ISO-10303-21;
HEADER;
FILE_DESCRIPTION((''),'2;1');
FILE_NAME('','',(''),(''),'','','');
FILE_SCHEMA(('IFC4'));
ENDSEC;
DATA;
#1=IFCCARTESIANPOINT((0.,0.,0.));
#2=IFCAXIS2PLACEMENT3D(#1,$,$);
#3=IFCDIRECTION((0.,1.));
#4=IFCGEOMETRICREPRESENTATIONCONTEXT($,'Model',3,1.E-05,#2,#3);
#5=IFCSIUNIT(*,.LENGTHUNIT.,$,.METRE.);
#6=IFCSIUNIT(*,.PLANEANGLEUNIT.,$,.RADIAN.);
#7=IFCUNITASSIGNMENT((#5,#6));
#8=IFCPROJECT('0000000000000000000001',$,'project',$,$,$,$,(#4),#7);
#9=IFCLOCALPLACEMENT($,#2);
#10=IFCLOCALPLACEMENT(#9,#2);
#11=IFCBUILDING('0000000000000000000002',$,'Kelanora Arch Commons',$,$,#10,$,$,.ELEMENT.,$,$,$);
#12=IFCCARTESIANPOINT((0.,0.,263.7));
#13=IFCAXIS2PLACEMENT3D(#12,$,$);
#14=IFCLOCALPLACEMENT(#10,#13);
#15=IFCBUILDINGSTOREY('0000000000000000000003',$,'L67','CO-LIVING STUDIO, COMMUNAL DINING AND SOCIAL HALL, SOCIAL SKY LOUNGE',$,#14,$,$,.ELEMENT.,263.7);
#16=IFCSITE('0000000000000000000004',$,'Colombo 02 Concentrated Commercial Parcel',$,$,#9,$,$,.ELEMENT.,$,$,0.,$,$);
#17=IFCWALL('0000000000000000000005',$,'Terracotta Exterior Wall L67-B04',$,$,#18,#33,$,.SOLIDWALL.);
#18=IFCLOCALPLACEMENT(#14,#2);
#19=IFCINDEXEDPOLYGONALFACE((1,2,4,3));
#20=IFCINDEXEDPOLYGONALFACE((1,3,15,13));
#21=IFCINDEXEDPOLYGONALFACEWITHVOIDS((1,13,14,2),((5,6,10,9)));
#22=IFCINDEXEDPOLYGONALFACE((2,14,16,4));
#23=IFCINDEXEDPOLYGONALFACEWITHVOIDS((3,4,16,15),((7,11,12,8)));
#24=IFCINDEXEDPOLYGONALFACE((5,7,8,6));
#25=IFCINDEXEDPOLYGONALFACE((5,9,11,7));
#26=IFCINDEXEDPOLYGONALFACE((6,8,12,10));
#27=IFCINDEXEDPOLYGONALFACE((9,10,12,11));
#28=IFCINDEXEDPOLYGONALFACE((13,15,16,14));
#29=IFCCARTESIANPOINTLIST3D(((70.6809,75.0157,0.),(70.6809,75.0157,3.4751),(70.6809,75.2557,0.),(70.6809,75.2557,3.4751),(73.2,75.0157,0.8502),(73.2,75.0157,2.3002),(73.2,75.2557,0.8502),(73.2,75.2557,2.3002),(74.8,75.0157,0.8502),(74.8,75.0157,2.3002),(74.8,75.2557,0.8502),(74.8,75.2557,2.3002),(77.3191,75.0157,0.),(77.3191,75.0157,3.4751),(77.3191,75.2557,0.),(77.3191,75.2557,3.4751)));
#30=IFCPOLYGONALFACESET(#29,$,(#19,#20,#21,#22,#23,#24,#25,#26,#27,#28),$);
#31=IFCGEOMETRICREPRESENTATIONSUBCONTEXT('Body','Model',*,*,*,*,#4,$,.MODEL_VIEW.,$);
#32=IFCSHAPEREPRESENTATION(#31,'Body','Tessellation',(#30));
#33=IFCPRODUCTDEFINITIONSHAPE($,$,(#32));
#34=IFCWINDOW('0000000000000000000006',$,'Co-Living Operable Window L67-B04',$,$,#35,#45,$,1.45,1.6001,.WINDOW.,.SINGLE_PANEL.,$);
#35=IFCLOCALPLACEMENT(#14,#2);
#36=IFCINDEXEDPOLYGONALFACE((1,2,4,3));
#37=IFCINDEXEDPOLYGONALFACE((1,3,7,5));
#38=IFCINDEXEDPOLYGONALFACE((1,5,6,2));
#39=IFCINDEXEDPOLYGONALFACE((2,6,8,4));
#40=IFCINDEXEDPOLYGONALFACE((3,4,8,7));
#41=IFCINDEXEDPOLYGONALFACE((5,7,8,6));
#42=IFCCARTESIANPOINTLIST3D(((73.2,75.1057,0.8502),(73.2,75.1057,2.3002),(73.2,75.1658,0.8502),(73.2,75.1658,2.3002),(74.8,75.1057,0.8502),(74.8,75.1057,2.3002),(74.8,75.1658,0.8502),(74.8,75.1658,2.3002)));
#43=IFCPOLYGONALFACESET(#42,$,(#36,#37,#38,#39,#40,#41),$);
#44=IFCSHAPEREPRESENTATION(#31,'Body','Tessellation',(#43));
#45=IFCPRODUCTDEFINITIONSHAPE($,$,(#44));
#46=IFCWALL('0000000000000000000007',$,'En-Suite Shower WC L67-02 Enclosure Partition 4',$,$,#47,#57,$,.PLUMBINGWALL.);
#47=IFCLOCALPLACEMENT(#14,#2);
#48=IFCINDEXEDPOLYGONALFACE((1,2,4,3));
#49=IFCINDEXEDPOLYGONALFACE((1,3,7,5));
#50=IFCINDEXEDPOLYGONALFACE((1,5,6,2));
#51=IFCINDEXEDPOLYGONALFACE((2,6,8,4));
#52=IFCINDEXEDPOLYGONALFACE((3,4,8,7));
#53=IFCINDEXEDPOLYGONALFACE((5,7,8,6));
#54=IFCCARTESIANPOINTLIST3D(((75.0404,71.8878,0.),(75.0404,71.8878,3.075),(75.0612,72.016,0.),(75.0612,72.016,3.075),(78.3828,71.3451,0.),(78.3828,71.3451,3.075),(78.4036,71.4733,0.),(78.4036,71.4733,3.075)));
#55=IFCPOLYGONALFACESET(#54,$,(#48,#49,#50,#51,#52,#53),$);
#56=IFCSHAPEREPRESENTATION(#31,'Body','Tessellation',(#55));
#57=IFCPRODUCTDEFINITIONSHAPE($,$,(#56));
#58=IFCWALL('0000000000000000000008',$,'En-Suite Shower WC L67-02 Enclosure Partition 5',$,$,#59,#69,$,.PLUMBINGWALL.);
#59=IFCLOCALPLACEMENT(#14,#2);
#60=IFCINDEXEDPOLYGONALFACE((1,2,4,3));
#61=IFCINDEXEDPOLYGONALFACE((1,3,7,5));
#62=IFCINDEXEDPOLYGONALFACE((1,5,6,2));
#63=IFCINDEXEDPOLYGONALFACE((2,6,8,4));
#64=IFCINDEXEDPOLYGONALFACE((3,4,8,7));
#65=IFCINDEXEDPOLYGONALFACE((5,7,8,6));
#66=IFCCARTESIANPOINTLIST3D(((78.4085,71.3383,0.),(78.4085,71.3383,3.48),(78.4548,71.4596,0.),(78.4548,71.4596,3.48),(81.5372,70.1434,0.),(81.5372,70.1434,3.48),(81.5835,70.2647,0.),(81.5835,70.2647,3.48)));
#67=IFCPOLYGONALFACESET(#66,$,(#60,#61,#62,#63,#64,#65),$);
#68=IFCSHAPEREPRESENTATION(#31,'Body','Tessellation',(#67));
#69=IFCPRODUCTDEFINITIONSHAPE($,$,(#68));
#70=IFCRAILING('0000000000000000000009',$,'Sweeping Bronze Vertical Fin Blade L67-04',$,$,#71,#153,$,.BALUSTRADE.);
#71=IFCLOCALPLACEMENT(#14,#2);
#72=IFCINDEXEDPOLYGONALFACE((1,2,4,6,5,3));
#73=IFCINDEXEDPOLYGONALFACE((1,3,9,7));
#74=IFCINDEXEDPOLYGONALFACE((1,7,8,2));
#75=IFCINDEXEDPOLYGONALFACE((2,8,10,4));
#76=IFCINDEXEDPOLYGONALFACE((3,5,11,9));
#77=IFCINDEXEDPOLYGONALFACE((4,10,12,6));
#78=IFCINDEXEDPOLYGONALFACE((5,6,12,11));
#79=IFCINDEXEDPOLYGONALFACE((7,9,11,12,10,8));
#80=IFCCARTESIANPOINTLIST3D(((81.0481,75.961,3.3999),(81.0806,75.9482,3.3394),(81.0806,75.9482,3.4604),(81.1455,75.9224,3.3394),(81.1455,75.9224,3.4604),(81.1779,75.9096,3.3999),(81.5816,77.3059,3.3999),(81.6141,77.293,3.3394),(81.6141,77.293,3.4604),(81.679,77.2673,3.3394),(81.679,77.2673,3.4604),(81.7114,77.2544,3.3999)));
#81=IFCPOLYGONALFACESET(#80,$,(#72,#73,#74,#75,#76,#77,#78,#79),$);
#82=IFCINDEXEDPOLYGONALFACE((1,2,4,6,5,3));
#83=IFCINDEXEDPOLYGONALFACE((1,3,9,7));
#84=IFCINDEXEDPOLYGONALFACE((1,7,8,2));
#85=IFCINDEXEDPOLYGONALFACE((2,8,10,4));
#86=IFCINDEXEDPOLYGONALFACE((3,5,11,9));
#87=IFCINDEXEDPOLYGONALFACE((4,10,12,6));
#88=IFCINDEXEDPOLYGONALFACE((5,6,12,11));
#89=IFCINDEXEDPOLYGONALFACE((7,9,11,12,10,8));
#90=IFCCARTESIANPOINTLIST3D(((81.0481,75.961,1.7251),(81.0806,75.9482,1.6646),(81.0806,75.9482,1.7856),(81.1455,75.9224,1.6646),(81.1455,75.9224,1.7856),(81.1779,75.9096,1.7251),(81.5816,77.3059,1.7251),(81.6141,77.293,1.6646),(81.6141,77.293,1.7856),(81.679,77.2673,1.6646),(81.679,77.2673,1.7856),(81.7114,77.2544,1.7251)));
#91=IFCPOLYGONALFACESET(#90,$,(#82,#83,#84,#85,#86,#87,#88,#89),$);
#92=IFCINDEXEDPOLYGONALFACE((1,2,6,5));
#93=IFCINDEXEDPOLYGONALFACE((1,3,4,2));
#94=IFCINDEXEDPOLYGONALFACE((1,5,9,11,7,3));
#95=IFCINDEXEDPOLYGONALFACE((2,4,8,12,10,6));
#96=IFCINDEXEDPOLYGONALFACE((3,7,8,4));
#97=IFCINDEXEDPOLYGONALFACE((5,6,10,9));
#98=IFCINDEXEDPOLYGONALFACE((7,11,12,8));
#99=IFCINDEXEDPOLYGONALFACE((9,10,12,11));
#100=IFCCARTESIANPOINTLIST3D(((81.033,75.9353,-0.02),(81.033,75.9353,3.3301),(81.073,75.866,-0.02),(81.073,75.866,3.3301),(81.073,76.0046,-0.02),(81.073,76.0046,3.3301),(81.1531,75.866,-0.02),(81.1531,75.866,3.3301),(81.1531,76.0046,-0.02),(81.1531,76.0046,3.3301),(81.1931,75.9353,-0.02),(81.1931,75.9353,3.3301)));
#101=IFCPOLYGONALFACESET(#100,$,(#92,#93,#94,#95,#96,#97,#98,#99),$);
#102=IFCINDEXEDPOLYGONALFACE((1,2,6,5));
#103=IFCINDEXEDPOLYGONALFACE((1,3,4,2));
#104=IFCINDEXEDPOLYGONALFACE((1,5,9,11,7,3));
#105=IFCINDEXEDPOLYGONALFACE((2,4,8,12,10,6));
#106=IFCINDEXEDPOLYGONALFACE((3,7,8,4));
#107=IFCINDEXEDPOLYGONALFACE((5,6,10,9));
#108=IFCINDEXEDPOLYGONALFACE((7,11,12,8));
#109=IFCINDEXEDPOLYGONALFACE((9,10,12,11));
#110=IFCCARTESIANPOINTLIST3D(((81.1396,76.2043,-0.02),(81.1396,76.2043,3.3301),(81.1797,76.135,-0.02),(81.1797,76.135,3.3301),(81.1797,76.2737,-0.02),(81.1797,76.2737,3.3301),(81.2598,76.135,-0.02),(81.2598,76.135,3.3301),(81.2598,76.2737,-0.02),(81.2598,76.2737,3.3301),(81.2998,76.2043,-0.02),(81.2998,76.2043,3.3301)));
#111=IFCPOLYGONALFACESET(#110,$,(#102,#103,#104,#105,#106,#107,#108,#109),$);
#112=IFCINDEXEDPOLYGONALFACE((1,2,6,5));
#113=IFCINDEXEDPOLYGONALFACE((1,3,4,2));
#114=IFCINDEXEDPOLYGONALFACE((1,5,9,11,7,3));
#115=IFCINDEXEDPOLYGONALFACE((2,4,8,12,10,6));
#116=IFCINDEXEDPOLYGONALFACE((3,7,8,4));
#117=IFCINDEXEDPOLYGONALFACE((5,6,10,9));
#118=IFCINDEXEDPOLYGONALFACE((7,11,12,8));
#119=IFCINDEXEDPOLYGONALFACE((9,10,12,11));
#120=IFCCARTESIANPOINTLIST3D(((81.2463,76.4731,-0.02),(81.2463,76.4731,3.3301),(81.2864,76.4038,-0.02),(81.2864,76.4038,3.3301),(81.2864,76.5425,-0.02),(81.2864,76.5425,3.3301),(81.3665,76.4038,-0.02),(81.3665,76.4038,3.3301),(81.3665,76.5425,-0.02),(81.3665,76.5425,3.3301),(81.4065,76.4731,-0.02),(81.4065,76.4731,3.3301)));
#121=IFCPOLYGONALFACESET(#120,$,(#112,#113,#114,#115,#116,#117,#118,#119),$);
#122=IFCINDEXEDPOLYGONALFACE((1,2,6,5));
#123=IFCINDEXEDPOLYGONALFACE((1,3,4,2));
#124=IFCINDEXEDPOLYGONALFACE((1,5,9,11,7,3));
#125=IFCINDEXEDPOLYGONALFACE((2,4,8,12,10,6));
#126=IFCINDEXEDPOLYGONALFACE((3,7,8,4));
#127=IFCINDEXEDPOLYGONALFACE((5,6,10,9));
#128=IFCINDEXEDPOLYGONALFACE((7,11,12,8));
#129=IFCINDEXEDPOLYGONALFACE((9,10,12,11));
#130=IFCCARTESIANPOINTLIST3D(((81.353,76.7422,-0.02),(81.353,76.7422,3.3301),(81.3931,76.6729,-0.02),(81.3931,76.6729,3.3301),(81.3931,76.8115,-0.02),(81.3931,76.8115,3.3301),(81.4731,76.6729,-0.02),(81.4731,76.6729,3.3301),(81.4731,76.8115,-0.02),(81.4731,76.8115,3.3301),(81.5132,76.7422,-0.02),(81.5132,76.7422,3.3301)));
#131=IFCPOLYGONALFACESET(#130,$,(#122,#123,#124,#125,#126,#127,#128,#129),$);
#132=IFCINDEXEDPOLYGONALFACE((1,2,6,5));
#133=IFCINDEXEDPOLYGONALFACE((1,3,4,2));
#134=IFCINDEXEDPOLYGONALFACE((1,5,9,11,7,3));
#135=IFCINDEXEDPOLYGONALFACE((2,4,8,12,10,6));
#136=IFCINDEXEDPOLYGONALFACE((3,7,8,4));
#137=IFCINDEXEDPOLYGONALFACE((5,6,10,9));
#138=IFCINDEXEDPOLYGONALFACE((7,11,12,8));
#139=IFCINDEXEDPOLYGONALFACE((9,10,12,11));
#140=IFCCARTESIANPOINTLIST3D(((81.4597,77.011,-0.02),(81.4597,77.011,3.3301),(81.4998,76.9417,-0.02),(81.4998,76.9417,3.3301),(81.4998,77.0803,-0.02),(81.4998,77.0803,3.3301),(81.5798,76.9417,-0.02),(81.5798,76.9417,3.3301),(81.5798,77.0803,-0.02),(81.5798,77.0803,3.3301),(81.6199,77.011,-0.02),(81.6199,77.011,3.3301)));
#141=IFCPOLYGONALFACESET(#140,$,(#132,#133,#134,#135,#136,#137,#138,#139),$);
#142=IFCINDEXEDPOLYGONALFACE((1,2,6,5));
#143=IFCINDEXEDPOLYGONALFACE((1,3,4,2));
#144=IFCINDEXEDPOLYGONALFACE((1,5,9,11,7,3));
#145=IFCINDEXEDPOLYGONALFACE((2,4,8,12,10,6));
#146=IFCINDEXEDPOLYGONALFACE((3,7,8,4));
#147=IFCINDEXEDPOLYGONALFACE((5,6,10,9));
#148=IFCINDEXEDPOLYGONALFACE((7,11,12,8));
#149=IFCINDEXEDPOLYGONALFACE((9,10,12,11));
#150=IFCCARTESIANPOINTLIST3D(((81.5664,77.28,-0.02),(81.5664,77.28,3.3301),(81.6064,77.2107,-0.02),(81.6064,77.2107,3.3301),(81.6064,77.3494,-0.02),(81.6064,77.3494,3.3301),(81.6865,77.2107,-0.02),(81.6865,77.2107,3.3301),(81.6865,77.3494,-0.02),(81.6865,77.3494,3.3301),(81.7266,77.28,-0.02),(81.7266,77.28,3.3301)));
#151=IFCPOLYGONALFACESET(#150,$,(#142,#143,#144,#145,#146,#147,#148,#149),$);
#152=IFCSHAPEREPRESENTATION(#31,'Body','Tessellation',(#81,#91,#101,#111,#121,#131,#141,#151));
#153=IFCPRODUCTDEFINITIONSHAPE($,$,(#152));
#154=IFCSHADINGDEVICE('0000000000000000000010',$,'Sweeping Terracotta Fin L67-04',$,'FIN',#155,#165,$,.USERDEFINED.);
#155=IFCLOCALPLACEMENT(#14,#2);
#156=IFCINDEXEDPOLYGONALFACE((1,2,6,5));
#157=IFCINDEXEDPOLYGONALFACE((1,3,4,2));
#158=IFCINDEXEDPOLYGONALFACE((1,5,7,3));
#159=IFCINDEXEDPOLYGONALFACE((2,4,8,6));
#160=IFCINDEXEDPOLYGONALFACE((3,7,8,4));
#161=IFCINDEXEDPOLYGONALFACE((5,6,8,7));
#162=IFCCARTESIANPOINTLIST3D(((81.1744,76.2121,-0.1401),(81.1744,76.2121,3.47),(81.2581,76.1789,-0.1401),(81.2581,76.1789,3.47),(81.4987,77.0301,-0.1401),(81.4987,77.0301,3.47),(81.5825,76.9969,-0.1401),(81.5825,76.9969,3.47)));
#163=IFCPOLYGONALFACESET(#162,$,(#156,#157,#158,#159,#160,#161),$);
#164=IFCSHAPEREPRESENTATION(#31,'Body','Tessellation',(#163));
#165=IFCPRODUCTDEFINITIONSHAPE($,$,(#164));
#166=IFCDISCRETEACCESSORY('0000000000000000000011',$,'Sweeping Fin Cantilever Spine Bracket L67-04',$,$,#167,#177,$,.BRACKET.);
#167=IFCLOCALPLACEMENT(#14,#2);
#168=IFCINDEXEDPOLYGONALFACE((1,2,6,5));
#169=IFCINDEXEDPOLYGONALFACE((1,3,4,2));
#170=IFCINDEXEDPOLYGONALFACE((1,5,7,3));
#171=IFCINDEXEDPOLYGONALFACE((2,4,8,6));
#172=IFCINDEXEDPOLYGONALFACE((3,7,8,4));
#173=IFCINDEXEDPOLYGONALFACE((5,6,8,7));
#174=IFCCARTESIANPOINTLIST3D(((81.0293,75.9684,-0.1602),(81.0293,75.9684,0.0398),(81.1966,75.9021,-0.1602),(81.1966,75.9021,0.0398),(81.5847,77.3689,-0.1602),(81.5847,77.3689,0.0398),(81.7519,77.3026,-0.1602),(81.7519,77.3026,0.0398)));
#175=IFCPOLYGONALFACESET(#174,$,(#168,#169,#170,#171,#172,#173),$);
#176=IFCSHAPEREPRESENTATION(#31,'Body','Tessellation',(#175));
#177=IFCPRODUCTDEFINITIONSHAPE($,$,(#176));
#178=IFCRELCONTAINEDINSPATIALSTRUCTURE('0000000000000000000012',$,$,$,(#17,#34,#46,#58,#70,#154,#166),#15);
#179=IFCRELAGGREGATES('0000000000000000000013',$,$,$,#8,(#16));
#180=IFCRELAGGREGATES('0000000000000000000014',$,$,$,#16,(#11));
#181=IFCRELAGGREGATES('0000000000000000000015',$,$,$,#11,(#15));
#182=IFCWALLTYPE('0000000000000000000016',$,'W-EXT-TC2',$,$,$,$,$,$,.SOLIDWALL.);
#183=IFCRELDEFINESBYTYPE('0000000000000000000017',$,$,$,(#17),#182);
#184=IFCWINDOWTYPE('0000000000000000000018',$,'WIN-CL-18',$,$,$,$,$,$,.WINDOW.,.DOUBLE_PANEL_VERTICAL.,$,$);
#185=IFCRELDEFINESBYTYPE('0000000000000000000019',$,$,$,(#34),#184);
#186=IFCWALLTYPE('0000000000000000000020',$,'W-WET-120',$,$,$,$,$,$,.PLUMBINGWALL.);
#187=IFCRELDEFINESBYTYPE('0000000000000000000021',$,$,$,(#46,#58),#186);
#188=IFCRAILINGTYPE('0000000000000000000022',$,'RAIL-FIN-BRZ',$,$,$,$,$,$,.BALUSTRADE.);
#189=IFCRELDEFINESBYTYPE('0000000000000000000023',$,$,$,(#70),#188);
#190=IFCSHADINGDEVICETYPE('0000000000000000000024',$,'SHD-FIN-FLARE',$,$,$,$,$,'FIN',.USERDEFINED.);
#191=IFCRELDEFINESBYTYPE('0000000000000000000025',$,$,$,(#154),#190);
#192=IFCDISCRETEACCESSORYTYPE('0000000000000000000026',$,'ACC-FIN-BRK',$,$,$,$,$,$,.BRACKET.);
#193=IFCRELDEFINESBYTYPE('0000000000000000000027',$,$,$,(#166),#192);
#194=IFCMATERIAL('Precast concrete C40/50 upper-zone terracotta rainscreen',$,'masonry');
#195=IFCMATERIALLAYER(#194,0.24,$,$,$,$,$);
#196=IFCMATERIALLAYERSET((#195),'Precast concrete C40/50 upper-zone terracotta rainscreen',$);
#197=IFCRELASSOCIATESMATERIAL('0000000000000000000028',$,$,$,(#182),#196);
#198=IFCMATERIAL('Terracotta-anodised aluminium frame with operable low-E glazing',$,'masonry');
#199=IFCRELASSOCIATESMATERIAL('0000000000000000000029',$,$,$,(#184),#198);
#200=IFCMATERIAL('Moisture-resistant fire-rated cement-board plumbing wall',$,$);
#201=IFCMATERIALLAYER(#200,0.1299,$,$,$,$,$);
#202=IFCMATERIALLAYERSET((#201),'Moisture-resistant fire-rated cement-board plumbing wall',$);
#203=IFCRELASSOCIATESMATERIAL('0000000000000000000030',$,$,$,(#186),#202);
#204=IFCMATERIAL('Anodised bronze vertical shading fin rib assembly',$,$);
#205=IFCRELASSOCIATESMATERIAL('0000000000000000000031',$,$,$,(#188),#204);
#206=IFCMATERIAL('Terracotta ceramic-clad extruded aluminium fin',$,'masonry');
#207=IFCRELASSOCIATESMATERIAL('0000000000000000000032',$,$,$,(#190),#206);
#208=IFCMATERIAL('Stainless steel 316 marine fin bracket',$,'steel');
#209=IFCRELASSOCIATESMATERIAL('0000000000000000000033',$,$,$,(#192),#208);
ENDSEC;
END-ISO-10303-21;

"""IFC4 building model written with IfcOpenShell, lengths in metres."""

from ifc_helpers import new_model, si_unit, direction, frame, frame_2d, origin, origin_2d, place, context, subcontext, project, spatial, polyline, rectangle, outline, extrude, source, transform, mapped, material, layer, layer_set, type_object, element, fill, save


model = new_model("IFC4")

# Units and contexts
model_context = context("Model", 3, precision=1e-05, world=origin(), true_north=direction((0.0, 1.0)))
body_context = subcontext(model_context, "Body", "Model", "MODEL_VIEW")
ifc_project = project(units=[si_unit("LENGTHUNIT", "METRE"), si_unit("PLANEANGLEUNIT", "RADIAN")], contexts=[model_context])

# Site, building, storey
site_placement = place(None, origin())
site = spatial("IfcSite", under=ifc_project, at=site_placement, Name="Colombo 02 Concentrated Commercial Parcel", CompositionType="ELEMENT", RefElevation=0.0)
building_placement = place(site_placement, origin())
building = spatial("IfcBuilding", under=site, at=building_placement, Name="Kelanora Arch Commons", CompositionType="ELEMENT")
storey_placement = place(building_placement, frame((0.0, 0.0, 263.7)))
storey = spatial("IfcBuildingStorey", under=building, at=storey_placement, Name="L67", Description="CO-LIVING STUDIO, COMMUNAL DINING AND SOCIAL HALL, SOCIAL SKY LOUNGE", CompositionType="ELEMENT", Elevation=263.7)

# Wall, opening, window
ifc_material_1 = material(Name="Precast concrete C40/50 upper-zone terracotta rainscreen", Category="masonry")
ifc_layer_1 = layer(ifc_material_1, 0.24)
ifc_layer_set_1 = layer_set([ifc_layer_1], Name="Precast concrete C40/50 upper-zone terracotta rainscreen")
wall_type_1 = type_object("IfcWallType", Name="W-EXT-TC2", PredefinedType="SOLIDWALL", material=ifc_layer_set_1)
wall_1_placement = place(storey_placement, frame((77.3191, 75.1357, 0.0), z_axis=(0.0, 0.0, 1.0), x_axis=(-1.0, 0.0, 0.0)))
wall_1 = element("IfcWall", 1, at=wall_1_placement, inside=storey, type_object=wall_type_1, Name="Terracotta Exterior Wall L67-B04", PredefinedType="SOLIDWALL", context=body_context, shape_type="SweptSolid", body=[
    extrude(rectangle(XDim=6.6382, YDim=0.24, at=frame_2d((3.3191, 0.0))), origin(), (0.0, 0.0, 1.0), 3.4751),
])
opening_placement = place(wall_1_placement, frame((2.519, 0.0, 0.8501)))
opening = element("IfcOpeningElement", 2, at=opening_placement, cuts=wall_1, PredefinedType="OPENING", context=body_context, shape_type="SweptSolid", body=[
    extrude(rectangle(XDim=1.6001, YDim=1.45, at=frame_2d((0.8, 0.7251))), frame((0.0, 0.1299, 0.0), z_axis=(0.0, -1.0, 0.0), x_axis=(1.0, 0.0, 0.0)), (0.0, 0.0, 1.0), 0.26),
])
ifc_material_2 = material(Name="Terracotta-anodised aluminium frame with operable low-E glazing", Category="masonry")
window_type = type_object("IfcWindowType", Name="WIN-CL-18", PartitioningType="DOUBLE_PANEL_VERTICAL", PredefinedType="WINDOW", material=ifc_material_2)
window_placement = place(opening_placement, origin())
window = element("IfcWindow", 3, at=window_placement, inside=storey, type_object=window_type, Name="Co-Living Operable Window L67-B04", OverallHeight=1.45, OverallWidth=1.6001, PartitioningType="SINGLE_PANEL", PredefinedType="WINDOW", context=body_context, shape_type="SweptSolid", body=[
    extrude(rectangle(XDim=1.6001, YDim=1.45, at=frame_2d((0.8, 0.7251))), frame((0.0, 0.03, 0.0), z_axis=(0.0, -1.0, 0.0), x_axis=(1.0, 0.0, 0.0)), (0.0, 0.0, 1.0), 0.0601),
])
fill(opening, window)

# Walls
ifc_material_3 = material(Name="Moisture-resistant fire-rated cement-board plumbing wall")
ifc_layer_2 = layer(ifc_material_3, 0.1299)
ifc_layer_set_2 = layer_set([ifc_layer_2], Name="Moisture-resistant fire-rated cement-board plumbing wall")
wall_type_2 = type_object("IfcWallType", Name="W-WET-120", PredefinedType="PLUMBINGWALL", material=ifc_layer_set_2)
wall_2_placement = place(storey_placement, frame((75.0508, 71.9519, 0.0), z_axis=(0.0, 0.0, 1.0), x_axis=(0.987073, -0.160271, 0.0)))
element("IfcWall", 4, at=wall_2_placement, inside=storey, type_object=wall_type_2, Name="En-Suite Shower WC L67-02 Enclosure Partition 4", PredefinedType="PLUMBINGWALL", context=body_context, shape_type="SweptSolid", body=[
    extrude(rectangle(XDim=3.3862, YDim=0.1299, at=frame_2d((1.6931, 0.0))), origin(), (0.0, 0.0, 1.0), 3.075),
])
wall_3_placement = place(storey_placement, frame((78.4316, 71.3989, 0.0), z_axis=(0.0, 0.0, 1.0), x_axis=(0.934194, -0.356765, 0.0)))
element("IfcWall", 5, at=wall_3_placement, inside=storey, type_object=wall_type_2, Name="En-Suite Shower WC L67-02 Enclosure Partition 5", PredefinedType="PLUMBINGWALL", context=body_context, shape_type="SweptSolid", body=[
    extrude(rectangle(XDim=3.3491, YDim=0.1299, at=frame_2d((1.6746, 0.0))), origin(), (0.0, 0.0, 1.0), 3.48),
])

# Railing
ifc_material_4 = material(Name="Anodised bronze vertical shading fin rib assembly")
railing_type = type_object("IfcRailingType", Name="RAIL-FIN-BRZ", PredefinedType="BALUSTRADE", material=ifc_material_4)
railing_placement = place(storey_placement, frame((81.113, 75.9353, -0.02)))
element("IfcRailing", 6, at=railing_placement, inside=storey, type_object=railing_type, Name="Sweeping Bronze Vertical Fin Blade L67-04", PredefinedType="BALUSTRADE", context=body_context, shape_type="SweptSolid", body=[
    extrude(outline(polyline([(0.0698, 0.0), (0.0349, 0.0605), (-0.0349, 0.0605), (-0.0698, 0.0), (-0.0349, -0.0605), (0.0349, -0.0605), (0.0698, 0.0)])), frame((0.0, 0.0, 3.4199), z_axis=(0.368741, 0.929532, 0.0), x_axis=(-0.929532, 0.368741, 0.0)), (0.0, 0.0, 1.0), 1.4468),
    extrude(outline(polyline([(0.0698, 0.0), (0.0349, 0.0605), (-0.0349, 0.0605), (-0.0698, 0.0), (-0.0349, -0.0605), (0.0349, -0.0605), (0.0698, 0.0)])), frame((0.0, 0.0, 1.7451), z_axis=(0.368741, 0.929532, 0.0), x_axis=(-0.929532, 0.368741, 0.0)), (0.0, 0.0, 1.0), 1.4468),
    extrude(outline(polyline([(0.0801, 0.0), (0.04, 0.0693), (-0.04, 0.0693), (-0.0801, 0.0), (-0.04, -0.0693), (0.04, -0.0693), (0.0801, 0.0)])), origin(), (0.0, 0.0, 1.0), 3.3501),
    extrude(outline(polyline([(0.0801, 0.0), (0.04, 0.0693), (-0.04, 0.0693), (-0.0801, 0.0), (-0.04, -0.0693), (0.04, -0.0693), (0.0801, 0.0)])), frame((0.1067, 0.269, 0.0)), (0.0, 0.0, 1.0), 3.3501),
    extrude(outline(polyline([(0.0801, 0.0), (0.04, 0.0693), (-0.04, 0.0693), (-0.0801, 0.0), (-0.04, -0.0693), (0.04, -0.0693), (0.0801, 0.0)])), frame((0.2134, 0.5378, 0.0)), (0.0, 0.0, 1.0), 3.3501),
    extrude(outline(polyline([(0.0801, 0.0), (0.04, 0.0693), (-0.04, 0.0693), (-0.0801, 0.0), (-0.04, -0.0693), (0.04, -0.0693), (0.0801, 0.0)])), frame((0.3201, 0.8069, 0.0)), (0.0, 0.0, 1.0), 3.3501),
    extrude(outline(polyline([(0.0801, 0.0), (0.04, 0.0693), (-0.04, 0.0693), (-0.0801, 0.0), (-0.04, -0.0693), (0.04, -0.0693), (0.0801, 0.0)])), frame((0.4268, 1.0757, 0.0)), (0.0, 0.0, 1.0), 3.3501),
    extrude(outline(polyline([(0.0801, 0.0), (0.04, 0.0693), (-0.04, 0.0693), (-0.0801, 0.0), (-0.04, -0.0693), (0.04, -0.0693), (0.0801, 0.0)])), frame((0.5334, 1.3447, 0.0)), (0.0, 0.0, 1.0), 3.3501),
])

# Shading device
ifc_material_5 = material(Name="Terracotta ceramic-clad extruded aluminium fin", Category="masonry")
shading_device_type = type_object("IfcShadingDeviceType", Name="SHD-FIN-FLARE", ElementType="FIN", PredefinedType="USERDEFINED", material=ifc_material_5)
shared_shape_1 = source(origin(), body_context, "Body", "SweptSolid", [
    extrude(rectangle(XDim=0.8799, YDim=0.0901, at=origin_2d()), origin(), (0.0, 0.0, 1.0), 3.6101),
])
shading_device_placement = place(storey_placement, frame((81.3784, 76.6045, -0.1401), z_axis=(0.0, 0.0, 1.0), x_axis=(0.368611, 0.929584, 0.0)))
element("IfcShadingDevice", 7, at=shading_device_placement, inside=storey, type_object=shading_device_type, Name="Sweeping Terracotta Fin L67-04", ObjectType="FIN", PredefinedType="USERDEFINED", context=body_context, shape_type="MappedRepresentation", body=[
    mapped(shared_shape_1, transform((0.0, 0.0, 0.0), scale=1.0)),
])

# Discrete accessory
ifc_material_6 = material(Name="Stainless steel 316 marine fin bracket", Category="steel")
discrete_accessory_type = type_object("IfcDiscreteAccessoryType", Name="ACC-FIN-BRK", PredefinedType="BRACKET", material=ifc_material_6)
shared_shape_2 = source(origin(), body_context, "Body", "SweptSolid", [
    extrude(rectangle(XDim=1.5066, YDim=0.1799, at=origin_2d()), origin(), (0.0, 0.0, 1.0), 0.2),
])
discrete_accessory_placement = place(storey_placement, frame((81.3906, 76.6355, -0.1602), z_axis=(0.0, 0.0, 1.0), x_axis=(0.368611, 0.929584, 0.0)))
element("IfcDiscreteAccessory", 8, at=discrete_accessory_placement, inside=storey, type_object=discrete_accessory_type, Name="Sweeping Fin Cantilever Spine Bracket L67-04", PredefinedType="BRACKET", context=body_context, shape_type="MappedRepresentation", body=[
    mapped(shared_shape_2, transform((0.0, 0.0, 0.0), scale=1.0)),
])

save(model, "model.ifc")
